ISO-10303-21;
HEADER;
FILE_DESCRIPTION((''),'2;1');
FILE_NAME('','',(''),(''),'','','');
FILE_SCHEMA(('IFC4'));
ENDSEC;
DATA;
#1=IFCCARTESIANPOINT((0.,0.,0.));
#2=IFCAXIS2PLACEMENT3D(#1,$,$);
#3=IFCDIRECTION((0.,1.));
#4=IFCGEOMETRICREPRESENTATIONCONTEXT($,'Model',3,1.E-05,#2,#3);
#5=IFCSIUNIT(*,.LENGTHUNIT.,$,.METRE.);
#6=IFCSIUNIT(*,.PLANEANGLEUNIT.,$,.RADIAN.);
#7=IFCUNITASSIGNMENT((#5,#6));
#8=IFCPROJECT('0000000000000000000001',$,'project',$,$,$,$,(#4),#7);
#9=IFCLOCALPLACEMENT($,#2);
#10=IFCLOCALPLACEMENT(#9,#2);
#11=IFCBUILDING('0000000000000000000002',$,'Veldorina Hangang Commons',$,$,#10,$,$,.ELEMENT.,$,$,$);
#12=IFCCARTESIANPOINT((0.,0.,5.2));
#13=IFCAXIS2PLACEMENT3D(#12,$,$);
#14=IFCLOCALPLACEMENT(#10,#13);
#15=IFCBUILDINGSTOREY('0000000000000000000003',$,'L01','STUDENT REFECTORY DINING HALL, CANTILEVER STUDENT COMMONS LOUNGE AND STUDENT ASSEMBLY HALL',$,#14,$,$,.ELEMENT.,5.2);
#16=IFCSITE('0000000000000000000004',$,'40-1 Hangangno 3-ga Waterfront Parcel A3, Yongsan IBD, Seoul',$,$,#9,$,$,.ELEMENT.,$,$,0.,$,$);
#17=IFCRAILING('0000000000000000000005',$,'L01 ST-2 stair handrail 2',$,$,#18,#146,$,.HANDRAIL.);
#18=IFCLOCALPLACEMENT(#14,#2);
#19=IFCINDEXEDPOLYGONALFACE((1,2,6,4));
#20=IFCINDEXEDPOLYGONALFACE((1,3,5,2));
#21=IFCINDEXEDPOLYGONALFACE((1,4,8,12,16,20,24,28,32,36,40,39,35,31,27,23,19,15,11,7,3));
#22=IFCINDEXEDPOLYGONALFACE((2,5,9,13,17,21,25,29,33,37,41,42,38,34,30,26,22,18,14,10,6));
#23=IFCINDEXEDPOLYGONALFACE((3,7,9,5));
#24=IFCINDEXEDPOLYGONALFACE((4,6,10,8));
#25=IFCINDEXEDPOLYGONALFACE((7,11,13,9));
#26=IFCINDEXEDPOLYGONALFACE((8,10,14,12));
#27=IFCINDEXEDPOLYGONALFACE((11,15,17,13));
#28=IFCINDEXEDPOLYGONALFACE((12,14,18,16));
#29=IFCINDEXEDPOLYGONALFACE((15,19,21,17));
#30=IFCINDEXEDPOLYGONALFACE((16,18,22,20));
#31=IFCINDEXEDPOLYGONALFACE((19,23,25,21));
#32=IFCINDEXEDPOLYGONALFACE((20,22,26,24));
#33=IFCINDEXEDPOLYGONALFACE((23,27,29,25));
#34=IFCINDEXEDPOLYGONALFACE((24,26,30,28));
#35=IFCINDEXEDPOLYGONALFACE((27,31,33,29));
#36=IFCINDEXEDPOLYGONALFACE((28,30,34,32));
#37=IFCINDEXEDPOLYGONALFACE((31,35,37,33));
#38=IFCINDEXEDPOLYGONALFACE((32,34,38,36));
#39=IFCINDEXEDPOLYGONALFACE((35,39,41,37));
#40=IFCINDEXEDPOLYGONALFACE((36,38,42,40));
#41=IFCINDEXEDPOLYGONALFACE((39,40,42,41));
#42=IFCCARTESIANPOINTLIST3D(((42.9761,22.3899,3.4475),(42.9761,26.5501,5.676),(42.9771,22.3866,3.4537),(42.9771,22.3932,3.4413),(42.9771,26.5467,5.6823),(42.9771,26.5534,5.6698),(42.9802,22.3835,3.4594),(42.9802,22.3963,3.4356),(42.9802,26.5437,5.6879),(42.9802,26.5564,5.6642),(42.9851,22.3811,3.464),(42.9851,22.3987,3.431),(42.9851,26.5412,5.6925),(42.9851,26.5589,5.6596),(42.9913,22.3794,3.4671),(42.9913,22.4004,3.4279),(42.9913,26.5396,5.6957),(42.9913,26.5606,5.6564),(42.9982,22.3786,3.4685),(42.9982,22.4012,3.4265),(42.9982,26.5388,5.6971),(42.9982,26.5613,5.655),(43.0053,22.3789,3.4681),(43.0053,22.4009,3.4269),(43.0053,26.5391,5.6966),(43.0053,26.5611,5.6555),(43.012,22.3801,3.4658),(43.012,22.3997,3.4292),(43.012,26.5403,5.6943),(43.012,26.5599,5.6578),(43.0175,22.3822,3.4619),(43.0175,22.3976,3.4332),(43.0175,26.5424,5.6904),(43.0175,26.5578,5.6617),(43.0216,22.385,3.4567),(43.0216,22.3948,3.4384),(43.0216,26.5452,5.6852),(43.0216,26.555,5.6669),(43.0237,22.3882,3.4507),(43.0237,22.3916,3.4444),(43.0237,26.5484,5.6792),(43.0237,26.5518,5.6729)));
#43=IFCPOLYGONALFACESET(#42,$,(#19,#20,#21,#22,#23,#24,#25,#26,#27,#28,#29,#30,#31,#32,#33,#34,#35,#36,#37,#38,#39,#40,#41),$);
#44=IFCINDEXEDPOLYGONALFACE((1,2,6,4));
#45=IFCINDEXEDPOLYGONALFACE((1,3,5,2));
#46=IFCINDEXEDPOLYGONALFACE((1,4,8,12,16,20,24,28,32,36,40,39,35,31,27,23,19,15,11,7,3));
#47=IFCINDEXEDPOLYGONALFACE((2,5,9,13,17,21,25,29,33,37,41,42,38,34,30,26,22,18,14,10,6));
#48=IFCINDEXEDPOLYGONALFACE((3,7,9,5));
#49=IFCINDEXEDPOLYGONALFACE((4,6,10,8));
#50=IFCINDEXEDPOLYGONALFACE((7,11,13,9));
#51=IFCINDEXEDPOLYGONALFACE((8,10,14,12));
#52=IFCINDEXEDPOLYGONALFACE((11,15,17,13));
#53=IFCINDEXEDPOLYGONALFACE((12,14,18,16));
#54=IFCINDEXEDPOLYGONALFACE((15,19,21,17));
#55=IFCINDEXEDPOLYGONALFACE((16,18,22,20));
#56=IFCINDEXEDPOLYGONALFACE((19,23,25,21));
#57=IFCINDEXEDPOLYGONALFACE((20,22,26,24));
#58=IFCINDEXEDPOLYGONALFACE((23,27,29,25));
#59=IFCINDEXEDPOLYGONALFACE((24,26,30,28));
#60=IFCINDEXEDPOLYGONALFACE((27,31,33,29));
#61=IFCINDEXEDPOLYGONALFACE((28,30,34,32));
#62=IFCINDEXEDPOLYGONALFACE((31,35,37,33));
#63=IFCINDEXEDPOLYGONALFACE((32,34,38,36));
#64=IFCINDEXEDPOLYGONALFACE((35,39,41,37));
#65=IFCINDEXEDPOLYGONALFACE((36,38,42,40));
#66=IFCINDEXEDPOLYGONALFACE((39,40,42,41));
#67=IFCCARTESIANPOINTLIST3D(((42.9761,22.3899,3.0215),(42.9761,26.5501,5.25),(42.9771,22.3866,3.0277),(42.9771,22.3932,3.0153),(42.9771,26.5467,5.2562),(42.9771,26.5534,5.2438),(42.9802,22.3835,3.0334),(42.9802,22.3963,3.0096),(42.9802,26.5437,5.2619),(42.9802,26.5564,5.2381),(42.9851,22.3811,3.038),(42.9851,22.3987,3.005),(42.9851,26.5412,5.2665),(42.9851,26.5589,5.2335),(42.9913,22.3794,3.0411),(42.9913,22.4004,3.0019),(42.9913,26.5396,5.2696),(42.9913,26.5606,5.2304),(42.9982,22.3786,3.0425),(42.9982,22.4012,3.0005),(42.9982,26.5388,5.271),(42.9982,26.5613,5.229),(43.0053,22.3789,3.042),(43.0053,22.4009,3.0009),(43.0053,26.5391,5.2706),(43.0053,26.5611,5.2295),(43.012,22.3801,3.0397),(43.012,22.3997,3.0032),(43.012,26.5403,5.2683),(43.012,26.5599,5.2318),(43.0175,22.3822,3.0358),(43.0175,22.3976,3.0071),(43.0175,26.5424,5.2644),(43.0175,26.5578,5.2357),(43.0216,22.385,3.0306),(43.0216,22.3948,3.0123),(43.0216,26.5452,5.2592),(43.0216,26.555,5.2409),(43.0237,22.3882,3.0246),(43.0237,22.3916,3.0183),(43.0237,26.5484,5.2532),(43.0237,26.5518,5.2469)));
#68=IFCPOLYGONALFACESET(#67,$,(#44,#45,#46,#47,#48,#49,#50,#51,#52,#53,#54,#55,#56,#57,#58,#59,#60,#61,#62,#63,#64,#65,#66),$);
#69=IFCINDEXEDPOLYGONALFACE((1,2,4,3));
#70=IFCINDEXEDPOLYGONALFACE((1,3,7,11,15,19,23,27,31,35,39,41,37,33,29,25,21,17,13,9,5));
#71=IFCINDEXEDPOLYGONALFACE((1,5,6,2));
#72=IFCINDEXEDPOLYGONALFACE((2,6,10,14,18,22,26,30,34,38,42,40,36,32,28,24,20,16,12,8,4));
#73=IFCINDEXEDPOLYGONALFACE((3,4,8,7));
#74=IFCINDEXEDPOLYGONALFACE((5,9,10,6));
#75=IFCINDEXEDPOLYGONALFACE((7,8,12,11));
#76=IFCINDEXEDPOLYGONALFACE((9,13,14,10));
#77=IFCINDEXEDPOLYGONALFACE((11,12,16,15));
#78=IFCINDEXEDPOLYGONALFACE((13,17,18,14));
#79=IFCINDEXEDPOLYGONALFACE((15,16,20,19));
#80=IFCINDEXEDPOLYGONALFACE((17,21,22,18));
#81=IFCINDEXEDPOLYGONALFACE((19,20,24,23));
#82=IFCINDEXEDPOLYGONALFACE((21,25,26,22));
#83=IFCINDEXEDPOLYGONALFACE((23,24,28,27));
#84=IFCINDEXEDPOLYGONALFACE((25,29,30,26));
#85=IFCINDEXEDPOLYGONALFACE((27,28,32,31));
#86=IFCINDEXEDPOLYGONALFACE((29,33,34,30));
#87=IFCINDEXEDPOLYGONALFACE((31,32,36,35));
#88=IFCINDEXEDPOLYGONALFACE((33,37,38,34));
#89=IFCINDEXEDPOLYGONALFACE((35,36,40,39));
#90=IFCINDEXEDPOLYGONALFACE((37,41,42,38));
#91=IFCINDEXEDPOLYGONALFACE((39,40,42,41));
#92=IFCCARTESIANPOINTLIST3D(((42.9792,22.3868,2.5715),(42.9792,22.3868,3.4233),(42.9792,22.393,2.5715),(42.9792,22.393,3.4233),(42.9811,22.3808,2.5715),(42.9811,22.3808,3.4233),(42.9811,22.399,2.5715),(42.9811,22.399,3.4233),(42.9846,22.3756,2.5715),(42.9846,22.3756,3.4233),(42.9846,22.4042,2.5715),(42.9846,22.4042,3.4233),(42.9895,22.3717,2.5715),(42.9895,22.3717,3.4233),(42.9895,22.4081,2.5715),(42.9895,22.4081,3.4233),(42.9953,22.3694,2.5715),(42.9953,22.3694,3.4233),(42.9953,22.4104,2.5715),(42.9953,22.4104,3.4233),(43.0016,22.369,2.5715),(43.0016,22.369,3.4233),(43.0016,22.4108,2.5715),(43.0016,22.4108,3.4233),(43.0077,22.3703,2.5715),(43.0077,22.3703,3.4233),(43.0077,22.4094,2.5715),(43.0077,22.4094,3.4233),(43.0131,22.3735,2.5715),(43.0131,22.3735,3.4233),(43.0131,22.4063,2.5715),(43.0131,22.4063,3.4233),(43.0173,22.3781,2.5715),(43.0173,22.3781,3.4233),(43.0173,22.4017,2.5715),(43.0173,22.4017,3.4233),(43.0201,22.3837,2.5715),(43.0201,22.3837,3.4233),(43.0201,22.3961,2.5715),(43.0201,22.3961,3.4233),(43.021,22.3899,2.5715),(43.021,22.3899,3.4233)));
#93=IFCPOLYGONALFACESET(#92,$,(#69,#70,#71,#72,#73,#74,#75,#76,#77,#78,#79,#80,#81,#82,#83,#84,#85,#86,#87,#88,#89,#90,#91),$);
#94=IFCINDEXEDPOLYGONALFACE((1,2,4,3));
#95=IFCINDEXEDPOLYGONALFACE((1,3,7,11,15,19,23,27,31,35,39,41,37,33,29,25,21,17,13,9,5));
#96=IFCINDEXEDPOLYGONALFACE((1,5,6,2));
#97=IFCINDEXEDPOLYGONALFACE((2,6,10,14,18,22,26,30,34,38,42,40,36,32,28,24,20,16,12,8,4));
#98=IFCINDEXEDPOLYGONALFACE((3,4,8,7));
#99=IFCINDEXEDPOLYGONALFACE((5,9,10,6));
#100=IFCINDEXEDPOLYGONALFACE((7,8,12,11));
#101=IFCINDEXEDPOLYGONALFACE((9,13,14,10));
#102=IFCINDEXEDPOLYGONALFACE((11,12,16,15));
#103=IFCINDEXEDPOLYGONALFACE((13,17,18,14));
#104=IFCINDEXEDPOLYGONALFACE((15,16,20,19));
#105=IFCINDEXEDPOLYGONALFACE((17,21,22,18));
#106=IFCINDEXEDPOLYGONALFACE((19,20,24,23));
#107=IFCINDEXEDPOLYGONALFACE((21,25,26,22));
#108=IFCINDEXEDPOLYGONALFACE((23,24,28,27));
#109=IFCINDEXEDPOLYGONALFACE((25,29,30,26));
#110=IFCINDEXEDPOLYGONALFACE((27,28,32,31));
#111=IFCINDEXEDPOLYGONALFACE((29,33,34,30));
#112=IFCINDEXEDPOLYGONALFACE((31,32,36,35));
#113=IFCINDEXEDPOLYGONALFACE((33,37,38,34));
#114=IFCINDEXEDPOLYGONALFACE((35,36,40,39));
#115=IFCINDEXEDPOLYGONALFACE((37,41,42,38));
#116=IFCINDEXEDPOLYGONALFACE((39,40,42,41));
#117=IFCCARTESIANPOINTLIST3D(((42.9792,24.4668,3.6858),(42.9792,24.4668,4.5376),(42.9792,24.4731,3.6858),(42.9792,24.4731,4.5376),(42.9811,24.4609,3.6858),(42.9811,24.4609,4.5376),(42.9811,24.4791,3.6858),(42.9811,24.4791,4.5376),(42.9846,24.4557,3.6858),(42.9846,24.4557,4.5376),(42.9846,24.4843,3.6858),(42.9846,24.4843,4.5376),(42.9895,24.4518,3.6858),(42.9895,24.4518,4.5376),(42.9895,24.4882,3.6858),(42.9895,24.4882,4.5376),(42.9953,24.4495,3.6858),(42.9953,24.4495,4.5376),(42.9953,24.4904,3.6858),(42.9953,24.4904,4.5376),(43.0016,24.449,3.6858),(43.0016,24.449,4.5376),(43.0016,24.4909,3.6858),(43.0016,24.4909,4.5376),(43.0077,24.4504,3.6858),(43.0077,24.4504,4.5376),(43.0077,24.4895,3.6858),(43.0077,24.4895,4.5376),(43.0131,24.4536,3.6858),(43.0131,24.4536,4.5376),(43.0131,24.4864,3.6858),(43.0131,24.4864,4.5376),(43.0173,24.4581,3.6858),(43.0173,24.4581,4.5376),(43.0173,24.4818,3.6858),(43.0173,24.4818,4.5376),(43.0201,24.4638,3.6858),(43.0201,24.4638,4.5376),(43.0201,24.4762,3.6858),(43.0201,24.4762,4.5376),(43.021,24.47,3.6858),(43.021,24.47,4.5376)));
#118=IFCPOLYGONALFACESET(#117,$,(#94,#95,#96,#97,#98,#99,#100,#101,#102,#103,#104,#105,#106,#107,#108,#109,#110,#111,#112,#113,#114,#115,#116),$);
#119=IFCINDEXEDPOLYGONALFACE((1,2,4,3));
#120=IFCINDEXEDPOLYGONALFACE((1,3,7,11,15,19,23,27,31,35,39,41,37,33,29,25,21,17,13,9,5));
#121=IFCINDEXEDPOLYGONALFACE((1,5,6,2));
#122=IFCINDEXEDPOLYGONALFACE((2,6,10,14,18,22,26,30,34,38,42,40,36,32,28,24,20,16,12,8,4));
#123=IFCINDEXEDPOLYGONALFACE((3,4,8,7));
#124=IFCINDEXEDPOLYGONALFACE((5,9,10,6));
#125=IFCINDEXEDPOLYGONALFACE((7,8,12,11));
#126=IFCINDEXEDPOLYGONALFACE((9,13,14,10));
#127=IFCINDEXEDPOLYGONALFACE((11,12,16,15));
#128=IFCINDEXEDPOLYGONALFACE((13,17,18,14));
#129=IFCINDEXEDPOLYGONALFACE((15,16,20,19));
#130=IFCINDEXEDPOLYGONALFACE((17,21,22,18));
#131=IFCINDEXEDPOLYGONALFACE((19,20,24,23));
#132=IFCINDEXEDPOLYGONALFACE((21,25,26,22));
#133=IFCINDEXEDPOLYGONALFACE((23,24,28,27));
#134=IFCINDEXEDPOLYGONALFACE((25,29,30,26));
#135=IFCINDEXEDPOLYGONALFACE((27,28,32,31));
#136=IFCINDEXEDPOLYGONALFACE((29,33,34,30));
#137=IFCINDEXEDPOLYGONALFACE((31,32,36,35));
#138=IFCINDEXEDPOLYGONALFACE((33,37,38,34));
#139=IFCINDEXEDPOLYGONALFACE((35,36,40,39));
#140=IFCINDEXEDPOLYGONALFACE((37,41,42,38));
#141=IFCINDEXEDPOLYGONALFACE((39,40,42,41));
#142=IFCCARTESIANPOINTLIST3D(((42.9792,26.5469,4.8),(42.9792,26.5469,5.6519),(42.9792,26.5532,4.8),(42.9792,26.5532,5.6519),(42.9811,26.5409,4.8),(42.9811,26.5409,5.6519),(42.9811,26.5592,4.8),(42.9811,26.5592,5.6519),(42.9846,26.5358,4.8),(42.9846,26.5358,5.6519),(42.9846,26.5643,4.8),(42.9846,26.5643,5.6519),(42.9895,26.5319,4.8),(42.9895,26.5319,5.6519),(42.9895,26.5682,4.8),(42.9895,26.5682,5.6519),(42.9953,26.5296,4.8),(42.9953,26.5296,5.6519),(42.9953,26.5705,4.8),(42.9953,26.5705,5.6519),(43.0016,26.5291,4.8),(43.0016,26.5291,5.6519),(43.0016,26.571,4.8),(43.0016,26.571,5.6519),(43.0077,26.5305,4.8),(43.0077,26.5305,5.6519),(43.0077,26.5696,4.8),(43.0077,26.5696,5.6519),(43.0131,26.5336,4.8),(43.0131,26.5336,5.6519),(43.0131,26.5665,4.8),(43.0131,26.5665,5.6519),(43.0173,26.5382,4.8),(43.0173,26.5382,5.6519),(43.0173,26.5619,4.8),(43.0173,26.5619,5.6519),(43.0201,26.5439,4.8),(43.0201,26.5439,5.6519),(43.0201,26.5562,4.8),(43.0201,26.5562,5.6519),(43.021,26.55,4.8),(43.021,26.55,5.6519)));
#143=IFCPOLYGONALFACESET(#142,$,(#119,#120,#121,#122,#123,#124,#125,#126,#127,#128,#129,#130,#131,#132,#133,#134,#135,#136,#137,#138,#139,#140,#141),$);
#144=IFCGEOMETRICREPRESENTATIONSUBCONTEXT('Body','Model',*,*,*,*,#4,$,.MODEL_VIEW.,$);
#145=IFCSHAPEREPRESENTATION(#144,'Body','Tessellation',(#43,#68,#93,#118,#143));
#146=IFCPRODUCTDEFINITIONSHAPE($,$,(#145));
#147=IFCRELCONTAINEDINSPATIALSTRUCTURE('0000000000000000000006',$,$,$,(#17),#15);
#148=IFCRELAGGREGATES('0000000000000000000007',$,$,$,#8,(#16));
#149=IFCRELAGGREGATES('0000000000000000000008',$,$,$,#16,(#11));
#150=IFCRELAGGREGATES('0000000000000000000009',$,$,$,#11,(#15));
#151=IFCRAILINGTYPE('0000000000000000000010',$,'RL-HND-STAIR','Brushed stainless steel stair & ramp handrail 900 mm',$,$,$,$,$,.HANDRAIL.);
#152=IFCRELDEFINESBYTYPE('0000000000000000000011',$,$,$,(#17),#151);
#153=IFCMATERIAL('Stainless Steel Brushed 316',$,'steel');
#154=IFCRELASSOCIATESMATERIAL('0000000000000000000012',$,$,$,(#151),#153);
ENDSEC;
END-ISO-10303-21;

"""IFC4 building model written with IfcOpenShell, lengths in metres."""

from ifc_helpers import new_model, si_unit, direction, frame, origin, origin_2d, place, context, subcontext, project, spatial, circle, extrude, material, type_object, element, save


model = new_model("IFC4")

# Units and contexts
model_context = context("Model", 3, precision=1e-05, world=origin(), true_north=direction((0.0, 1.0)))
body_context = subcontext(model_context, "Body", "Model", "MODEL_VIEW")
ifc_project = project(units=[si_unit("LENGTHUNIT", "METRE"), si_unit("PLANEANGLEUNIT", "RADIAN")], contexts=[model_context])

# Site, building, storey
site_placement = place(None, origin())
site = spatial("IfcSite", under=ifc_project, at=site_placement, Name="40-1 Hangangno 3-ga Waterfront Parcel A3, Yongsan IBD, Seoul", CompositionType="ELEMENT", RefElevation=0.0)
building_placement = place(site_placement, origin())
building = spatial("IfcBuilding", under=site, at=building_placement, Name="Veldorina Hangang Commons", CompositionType="ELEMENT")
storey_placement = place(building_placement, frame((0.0, 0.0, 5.2)))
storey = spatial("IfcBuildingStorey", under=building, at=storey_placement, Name="L01", Description="STUDENT REFECTORY DINING HALL, CANTILEVER STUDENT COMMONS LOUNGE AND STUDENT ASSEMBLY HALL", CompositionType="ELEMENT", Elevation=5.2)

# Railing
ifc_material_1 = material(Name="Stainless Steel Brushed 316", Category="steel")
railing_type_1 = type_object("IfcRailingType", Name="RL-HND-STAIR", Description="Brushed stainless steel stair & ramp handrail 900 mm", PredefinedType="HANDRAIL", material=ifc_material_1)
railing_1_placement = place(storey_placement, frame((43.0, 22.3899, 2.5715)))
element("IfcRailing", 1, at=railing_1_placement, inside=storey, type_object=railing_type_1, Name="L01 ST-2 stair handrail 2", PredefinedType="HANDRAIL", context=body_context, shape_type="SweptSolid", body=[
    extrude(circle(Radius=0.0239, at=origin_2d()), frame((0.0, 0.0, 0.876), z_axis=(0.0, 0.881492, 0.472198), x_axis=(-1.0, 0.0, 0.0)), (0.0, 0.0, 1.0), 4.7195),
    extrude(circle(Radius=0.0239, at=origin_2d()), frame((0.0, 0.0, 0.45), z_axis=(0.0, 0.881492, 0.472198), x_axis=(-1.0, 0.0, 0.0)), (0.0, 0.0, 1.0), 4.7195),
    extrude(circle(Radius=0.021, at=origin_2d()), origin(), (0.0, 0.0, 1.0), 0.8518),
    extrude(circle(Radius=0.021, at=origin_2d()), frame((0.0, 2.0801, 1.1143)), (0.0, 0.0, 1.0), 0.8518),
    extrude(circle(Radius=0.021, at=origin_2d()), frame((0.0, 4.1602, 2.2285)), (0.0, 0.0, 1.0), 0.8518),
])

save(model, "model.ifc")
